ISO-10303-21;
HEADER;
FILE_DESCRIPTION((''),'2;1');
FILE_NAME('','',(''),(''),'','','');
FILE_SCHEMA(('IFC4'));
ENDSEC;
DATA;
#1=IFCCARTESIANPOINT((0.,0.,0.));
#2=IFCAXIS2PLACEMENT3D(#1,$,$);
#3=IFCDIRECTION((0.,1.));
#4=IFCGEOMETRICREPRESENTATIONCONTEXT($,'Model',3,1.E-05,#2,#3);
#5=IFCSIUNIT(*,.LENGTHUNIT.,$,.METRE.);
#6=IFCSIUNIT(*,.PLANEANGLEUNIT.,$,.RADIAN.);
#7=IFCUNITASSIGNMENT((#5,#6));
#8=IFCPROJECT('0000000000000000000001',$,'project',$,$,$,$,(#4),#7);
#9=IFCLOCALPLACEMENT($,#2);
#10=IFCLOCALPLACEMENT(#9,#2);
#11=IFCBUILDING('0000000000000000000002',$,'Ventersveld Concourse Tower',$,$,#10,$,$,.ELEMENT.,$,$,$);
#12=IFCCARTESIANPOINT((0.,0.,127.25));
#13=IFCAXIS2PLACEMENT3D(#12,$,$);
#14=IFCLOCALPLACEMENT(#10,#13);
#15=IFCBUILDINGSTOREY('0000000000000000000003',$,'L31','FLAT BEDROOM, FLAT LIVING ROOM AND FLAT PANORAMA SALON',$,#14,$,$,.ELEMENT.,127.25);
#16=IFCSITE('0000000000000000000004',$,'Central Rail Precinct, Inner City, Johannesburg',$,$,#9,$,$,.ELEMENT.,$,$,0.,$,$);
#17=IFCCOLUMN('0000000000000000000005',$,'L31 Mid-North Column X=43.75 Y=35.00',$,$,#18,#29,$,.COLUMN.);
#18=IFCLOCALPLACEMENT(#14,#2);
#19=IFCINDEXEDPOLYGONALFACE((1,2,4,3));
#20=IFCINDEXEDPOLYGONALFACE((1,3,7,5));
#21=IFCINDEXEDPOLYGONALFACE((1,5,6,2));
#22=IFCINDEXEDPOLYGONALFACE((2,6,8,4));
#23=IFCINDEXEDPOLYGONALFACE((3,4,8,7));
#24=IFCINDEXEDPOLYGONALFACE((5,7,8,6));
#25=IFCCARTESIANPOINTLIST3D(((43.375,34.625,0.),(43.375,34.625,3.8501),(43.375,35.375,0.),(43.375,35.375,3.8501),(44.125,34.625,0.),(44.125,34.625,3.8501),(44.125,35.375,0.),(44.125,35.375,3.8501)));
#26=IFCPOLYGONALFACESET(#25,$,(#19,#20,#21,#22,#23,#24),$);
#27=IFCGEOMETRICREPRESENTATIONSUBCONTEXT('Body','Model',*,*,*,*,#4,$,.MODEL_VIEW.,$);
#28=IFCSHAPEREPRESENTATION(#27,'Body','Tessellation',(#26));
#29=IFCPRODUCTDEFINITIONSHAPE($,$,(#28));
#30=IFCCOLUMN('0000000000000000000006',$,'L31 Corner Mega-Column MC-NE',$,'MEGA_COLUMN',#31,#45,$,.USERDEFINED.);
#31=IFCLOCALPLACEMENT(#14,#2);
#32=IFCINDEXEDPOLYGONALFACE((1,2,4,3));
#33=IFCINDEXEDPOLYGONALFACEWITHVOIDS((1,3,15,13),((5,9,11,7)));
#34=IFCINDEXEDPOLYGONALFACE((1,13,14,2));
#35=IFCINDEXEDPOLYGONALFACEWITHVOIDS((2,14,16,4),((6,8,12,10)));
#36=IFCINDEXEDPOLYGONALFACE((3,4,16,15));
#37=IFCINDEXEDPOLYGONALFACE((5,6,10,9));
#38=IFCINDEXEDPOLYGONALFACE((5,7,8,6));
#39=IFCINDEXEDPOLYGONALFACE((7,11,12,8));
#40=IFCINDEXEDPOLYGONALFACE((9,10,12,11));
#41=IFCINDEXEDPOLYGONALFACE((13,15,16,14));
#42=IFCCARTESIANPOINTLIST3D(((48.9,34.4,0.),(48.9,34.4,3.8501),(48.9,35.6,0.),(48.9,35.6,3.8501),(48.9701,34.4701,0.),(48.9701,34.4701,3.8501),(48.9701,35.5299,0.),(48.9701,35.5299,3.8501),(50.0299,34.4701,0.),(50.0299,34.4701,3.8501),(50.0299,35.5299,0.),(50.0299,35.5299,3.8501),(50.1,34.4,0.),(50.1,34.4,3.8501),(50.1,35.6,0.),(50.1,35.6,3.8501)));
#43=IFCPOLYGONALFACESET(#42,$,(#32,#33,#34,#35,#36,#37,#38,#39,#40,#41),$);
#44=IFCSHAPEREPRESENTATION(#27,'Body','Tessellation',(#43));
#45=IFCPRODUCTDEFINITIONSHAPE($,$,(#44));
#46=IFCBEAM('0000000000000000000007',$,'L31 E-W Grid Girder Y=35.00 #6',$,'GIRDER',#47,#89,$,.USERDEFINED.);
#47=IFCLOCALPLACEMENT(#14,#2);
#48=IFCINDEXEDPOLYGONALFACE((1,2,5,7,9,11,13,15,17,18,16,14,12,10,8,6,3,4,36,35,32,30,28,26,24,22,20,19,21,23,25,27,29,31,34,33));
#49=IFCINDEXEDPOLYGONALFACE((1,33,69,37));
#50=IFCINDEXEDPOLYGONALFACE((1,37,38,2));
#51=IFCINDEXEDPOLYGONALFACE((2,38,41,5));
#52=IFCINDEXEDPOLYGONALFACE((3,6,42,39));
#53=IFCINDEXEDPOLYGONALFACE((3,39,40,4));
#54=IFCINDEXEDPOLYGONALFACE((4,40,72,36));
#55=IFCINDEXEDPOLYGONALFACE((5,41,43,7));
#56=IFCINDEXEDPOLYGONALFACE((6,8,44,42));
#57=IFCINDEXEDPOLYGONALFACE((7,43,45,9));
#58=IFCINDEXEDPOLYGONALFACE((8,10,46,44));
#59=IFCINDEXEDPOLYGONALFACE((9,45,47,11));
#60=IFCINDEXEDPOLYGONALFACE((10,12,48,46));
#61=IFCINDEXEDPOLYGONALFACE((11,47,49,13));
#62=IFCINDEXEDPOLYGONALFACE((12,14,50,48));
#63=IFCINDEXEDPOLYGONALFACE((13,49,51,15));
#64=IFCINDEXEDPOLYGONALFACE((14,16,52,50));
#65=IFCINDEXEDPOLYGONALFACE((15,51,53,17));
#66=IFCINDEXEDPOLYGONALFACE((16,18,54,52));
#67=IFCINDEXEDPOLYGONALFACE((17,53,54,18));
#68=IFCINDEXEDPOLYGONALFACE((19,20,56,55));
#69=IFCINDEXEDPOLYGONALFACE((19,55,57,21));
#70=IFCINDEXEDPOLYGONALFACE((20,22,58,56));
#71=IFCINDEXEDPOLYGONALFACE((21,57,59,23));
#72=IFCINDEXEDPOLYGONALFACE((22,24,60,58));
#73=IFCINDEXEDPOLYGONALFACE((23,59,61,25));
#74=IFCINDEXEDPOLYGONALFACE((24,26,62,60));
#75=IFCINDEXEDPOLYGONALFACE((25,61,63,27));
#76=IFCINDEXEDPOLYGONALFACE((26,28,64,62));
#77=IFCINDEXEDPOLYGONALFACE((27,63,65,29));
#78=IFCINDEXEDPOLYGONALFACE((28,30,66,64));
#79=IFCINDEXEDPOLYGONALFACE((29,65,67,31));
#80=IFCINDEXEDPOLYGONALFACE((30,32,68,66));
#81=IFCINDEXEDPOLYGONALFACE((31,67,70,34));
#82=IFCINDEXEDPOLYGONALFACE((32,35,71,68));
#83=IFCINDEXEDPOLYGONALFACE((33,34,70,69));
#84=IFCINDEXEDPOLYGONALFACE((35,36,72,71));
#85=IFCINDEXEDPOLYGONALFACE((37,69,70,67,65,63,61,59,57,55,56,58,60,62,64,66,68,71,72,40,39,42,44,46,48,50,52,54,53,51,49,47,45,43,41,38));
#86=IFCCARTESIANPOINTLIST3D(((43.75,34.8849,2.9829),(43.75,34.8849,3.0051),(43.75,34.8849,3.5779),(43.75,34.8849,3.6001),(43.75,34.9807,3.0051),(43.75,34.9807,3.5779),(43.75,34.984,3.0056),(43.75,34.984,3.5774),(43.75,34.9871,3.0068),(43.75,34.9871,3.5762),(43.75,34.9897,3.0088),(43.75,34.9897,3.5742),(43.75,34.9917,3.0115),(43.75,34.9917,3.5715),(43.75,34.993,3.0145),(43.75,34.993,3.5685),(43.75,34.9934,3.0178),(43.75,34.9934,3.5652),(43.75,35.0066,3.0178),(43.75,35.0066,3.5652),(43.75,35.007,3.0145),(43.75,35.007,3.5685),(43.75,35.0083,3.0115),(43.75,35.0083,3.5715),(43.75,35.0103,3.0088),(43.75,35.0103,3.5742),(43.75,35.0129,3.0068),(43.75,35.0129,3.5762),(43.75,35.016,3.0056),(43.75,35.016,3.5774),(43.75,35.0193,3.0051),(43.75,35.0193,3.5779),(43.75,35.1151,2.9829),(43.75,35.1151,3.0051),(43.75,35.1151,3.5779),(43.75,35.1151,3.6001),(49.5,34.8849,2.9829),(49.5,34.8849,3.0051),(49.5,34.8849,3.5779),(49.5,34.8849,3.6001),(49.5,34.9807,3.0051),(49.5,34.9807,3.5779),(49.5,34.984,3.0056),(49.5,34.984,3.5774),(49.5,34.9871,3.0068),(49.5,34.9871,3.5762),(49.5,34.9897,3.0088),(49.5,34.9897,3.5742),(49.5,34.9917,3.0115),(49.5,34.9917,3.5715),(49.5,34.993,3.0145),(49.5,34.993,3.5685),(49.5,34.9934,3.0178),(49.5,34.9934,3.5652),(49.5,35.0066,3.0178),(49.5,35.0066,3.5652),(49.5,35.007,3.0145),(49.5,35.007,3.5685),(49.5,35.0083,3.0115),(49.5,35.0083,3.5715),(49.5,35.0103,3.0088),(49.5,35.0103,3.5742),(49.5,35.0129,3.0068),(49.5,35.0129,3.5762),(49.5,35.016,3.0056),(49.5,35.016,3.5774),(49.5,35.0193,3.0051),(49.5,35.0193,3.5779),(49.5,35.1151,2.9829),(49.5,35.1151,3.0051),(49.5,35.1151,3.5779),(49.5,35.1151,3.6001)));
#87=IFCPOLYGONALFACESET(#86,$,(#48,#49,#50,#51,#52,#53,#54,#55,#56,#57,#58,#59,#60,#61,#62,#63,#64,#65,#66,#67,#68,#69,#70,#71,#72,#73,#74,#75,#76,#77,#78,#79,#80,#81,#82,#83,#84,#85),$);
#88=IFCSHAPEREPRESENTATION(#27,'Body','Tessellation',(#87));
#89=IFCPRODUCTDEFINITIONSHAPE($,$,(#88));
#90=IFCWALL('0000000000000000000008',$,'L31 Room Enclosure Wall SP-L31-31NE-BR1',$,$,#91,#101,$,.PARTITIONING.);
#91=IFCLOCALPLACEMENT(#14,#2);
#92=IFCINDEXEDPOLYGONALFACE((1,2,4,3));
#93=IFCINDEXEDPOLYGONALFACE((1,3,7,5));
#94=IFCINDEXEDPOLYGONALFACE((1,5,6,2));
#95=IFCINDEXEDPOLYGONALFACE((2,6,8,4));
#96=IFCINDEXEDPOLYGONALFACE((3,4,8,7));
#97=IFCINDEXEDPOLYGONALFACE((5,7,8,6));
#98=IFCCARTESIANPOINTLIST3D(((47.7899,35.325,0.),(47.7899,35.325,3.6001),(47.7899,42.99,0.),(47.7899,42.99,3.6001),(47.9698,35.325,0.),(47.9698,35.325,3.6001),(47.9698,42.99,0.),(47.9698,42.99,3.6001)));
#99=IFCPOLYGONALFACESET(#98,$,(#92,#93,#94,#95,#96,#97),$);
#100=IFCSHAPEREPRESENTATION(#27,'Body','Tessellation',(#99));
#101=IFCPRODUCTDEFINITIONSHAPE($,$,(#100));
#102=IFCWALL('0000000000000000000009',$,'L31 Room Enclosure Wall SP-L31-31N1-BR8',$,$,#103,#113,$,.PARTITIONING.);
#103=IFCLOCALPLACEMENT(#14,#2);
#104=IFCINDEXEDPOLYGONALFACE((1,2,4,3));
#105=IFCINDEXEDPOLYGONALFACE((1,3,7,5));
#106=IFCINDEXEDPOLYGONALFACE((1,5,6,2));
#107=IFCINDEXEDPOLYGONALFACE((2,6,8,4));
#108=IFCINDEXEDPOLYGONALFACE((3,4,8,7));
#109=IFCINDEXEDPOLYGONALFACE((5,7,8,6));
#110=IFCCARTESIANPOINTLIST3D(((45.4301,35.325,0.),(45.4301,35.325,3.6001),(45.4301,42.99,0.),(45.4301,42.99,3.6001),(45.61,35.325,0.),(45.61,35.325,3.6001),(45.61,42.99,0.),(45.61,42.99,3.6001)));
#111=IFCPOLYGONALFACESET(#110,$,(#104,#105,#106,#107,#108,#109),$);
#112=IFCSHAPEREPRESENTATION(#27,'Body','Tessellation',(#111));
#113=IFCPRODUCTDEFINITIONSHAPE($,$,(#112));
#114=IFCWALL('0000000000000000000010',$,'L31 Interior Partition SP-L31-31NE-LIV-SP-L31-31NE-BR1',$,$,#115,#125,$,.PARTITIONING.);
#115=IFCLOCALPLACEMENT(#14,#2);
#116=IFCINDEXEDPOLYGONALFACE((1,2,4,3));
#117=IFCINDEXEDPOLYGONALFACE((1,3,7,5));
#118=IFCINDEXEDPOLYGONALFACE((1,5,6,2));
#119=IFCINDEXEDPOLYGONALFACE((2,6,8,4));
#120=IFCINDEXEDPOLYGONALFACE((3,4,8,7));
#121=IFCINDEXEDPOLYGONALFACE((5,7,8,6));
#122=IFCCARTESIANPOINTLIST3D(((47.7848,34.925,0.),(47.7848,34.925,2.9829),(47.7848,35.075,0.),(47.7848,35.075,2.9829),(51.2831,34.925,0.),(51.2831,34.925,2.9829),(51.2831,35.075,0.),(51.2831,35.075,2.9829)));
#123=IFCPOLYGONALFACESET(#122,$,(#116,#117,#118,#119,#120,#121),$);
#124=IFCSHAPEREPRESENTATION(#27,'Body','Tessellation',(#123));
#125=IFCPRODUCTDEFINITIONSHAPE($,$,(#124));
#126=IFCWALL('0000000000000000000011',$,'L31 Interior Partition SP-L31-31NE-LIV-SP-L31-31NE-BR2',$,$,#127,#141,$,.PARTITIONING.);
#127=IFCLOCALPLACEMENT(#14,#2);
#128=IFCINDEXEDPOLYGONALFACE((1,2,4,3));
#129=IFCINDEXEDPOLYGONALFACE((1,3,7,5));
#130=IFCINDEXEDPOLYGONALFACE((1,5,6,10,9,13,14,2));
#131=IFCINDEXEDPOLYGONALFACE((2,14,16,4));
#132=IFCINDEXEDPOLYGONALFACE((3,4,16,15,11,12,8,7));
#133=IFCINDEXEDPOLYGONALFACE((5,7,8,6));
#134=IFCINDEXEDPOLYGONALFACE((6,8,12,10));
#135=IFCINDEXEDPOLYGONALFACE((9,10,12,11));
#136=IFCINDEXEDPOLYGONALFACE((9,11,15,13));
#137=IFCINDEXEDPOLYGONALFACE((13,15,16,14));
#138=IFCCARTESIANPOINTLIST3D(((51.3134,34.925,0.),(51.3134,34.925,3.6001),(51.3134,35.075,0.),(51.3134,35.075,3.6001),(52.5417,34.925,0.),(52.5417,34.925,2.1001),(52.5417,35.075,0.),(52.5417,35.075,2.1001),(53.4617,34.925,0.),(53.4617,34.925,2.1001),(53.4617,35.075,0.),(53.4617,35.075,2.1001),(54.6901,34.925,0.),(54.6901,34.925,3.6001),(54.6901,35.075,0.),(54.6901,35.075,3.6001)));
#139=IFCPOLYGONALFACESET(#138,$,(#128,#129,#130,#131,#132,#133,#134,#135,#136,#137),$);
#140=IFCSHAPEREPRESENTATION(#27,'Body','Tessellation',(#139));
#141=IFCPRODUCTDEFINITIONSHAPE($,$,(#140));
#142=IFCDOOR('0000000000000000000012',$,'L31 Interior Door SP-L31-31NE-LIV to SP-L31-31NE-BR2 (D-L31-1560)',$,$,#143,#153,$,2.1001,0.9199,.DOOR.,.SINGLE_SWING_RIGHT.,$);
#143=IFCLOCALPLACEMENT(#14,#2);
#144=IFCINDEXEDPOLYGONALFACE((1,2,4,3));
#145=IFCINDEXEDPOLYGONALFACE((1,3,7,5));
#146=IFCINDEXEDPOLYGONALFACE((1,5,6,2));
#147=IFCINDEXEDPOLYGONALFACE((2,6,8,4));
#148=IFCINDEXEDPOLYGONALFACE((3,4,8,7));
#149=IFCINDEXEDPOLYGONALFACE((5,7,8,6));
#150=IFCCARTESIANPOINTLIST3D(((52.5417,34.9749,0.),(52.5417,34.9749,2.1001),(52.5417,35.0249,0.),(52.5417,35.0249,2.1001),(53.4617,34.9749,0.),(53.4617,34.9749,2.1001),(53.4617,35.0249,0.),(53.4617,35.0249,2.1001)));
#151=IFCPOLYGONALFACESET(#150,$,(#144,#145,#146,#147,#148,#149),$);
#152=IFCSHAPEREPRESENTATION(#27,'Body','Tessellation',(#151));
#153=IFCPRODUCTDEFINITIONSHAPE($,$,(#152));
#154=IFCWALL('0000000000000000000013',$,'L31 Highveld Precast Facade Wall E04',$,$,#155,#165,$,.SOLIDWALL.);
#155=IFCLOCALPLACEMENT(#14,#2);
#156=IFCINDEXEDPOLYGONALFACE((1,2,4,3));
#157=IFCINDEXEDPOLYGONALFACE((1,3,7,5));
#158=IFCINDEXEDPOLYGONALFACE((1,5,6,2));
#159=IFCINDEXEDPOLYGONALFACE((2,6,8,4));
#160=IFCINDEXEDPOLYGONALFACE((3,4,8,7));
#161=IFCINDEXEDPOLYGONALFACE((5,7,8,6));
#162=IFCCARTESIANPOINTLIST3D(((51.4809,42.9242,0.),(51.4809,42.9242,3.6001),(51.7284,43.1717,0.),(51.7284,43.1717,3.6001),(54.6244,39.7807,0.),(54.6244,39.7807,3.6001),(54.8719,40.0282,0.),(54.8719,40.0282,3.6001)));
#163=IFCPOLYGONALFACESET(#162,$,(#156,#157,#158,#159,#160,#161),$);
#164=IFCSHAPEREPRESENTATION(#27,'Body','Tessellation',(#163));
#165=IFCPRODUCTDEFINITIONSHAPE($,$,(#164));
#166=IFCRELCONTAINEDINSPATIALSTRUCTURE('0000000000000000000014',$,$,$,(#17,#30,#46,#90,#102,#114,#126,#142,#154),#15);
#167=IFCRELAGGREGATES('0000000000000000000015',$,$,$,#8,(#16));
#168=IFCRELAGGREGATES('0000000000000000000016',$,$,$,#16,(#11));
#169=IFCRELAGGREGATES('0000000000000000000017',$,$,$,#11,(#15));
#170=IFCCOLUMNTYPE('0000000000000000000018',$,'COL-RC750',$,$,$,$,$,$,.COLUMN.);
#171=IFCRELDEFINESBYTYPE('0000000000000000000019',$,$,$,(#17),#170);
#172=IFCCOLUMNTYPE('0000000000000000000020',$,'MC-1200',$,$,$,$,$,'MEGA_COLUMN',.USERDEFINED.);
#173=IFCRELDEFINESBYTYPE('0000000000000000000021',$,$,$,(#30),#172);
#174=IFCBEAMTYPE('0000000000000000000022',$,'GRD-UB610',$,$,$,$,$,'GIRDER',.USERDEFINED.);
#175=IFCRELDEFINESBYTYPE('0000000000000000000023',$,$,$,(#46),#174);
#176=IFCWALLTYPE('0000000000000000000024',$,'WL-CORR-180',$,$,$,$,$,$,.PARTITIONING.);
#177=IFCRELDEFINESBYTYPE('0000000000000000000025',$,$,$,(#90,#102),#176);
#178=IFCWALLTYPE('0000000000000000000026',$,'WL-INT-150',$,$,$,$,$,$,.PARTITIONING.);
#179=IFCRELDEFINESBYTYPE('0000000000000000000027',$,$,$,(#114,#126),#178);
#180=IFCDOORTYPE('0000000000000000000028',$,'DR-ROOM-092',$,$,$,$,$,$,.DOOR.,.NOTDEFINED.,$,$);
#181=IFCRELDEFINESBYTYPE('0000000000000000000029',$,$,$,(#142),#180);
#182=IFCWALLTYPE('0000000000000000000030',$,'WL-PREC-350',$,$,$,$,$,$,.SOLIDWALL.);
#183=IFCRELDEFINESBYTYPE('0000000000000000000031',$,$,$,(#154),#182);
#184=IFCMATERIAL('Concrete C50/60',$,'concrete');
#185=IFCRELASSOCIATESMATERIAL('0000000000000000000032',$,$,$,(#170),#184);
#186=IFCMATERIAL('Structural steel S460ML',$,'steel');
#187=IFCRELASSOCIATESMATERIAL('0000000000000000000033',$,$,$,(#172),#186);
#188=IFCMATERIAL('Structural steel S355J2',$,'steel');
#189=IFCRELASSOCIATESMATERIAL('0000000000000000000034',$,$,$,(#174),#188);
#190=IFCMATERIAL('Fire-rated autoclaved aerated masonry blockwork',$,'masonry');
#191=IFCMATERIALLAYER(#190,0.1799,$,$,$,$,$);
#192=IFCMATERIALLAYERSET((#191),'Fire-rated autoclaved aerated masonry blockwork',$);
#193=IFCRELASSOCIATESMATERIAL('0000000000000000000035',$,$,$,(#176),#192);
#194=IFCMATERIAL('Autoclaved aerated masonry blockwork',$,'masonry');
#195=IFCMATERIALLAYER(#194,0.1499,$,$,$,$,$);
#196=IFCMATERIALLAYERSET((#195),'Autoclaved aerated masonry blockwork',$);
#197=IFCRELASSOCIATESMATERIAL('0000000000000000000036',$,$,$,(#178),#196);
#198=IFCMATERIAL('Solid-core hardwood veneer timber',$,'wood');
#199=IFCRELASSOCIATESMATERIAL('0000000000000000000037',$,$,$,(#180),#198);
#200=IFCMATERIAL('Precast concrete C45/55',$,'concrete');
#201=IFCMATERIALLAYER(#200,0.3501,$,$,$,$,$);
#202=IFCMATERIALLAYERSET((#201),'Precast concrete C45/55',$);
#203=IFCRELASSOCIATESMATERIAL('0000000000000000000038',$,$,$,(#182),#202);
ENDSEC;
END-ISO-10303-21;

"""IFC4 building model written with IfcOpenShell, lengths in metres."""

from ifc_helpers import new_model, si_unit, direction, frame, frame_2d, origin, origin_2d, place, context, subcontext, project, spatial, rectangle, hollow_rectangle, i_section, extrude, material, layer, layer_set, material_profile, profile_set, type_object, element, fill, save


model = new_model("IFC4")

# Units and contexts
model_context = context("Model", 3, precision=1e-05, world=origin(), true_north=direction((0.0, 1.0)))
body_context = subcontext(model_context, "Body", "Model", "MODEL_VIEW")
ifc_project = project(units=[si_unit("LENGTHUNIT", "METRE"), si_unit("PLANEANGLEUNIT", "RADIAN")], contexts=[model_context])

# Site, building, storey
site_placement = place(None, origin())
site = spatial("IfcSite", under=ifc_project, at=site_placement, Name="Central Rail Precinct, Inner City, Johannesburg", CompositionType="ELEMENT", RefElevation=0.0)
building_placement = place(site_placement, origin())
building = spatial("IfcBuilding", under=site, at=building_placement, Name="Ventersveld Concourse Tower", CompositionType="ELEMENT")
storey_placement = place(building_placement, frame((0.0, 0.0, 127.25)))
storey = spatial("IfcBuildingStorey", under=building, at=storey_placement, Name="L31", Description="FLAT BEDROOM, FLAT LIVING ROOM AND FLAT PANORAMA SALON", CompositionType="ELEMENT", Elevation=127.25)

# Columns
ifc_material_1 = material(Name="Concrete C50/60", Category="concrete")
ifc_material_profile_1 = material_profile(ifc_material_1, rectangle(XDim=0.75, YDim=0.75, at=origin_2d()), Name="RC 750x750")
ifc_profile_set_1 = profile_set([ifc_material_profile_1], Name="Concrete C50/60")
column_type_1 = type_object("IfcColumnType", Name="COL-RC750", PredefinedType="COLUMN", material=ifc_profile_set_1)
column_1_placement = place(storey_placement, frame((43.75, 35.0, 0.0), z_axis=(0.0, 0.0, 1.0), x_axis=(1.0, 0.0, 0.0)))
element("IfcColumn", 1, at=column_1_placement, inside=storey, type_object=column_type_1, Name="L31 Mid-North Column X=43.75 Y=35.00", PredefinedType="COLUMN", context=body_context, shape_type="SweptSolid", body=[
    extrude(rectangle(XDim=0.75, YDim=0.75, at=origin_2d()), origin(), (0.0, 0.0, 1.0), 3.8501),
])
ifc_material_2 = material(Name="Structural steel S460ML", Category="steel")
ifc_material_profile_2 = material_profile(ifc_material_2, hollow_rectangle(XDim=1.2, YDim=1.2, WallThickness=0.0701, at=origin_2d()), Name="BOX 1200x1200x70")
ifc_profile_set_2 = profile_set([ifc_material_profile_2], Name="Structural steel S460ML")
column_type_2 = type_object("IfcColumnType", Name="MC-1200", ElementType="MEGA_COLUMN", PredefinedType="USERDEFINED", material=ifc_profile_set_2)
column_2_placement = place(storey_placement, frame((49.5, 35.0, 0.0), z_axis=(0.0, 0.0, 1.0), x_axis=(1.0, 0.0, 0.0)))
element("IfcColumn", 2, at=column_2_placement, inside=storey, type_object=column_type_2, Name="L31 Corner Mega-Column MC-NE", ObjectType="MEGA_COLUMN", PredefinedType="USERDEFINED", context=body_context, shape_type="SweptSolid", body=[
    extrude(hollow_rectangle(XDim=1.2, YDim=1.2, WallThickness=0.0701, at=origin_2d()), origin(), (0.0, 0.0, 1.0), 3.8501),
])

# Beam
ifc_material_3 = material(Name="Structural steel S355J2", Category="steel")
ifc_material_profile_3 = material_profile(ifc_material_3, i_section(OverallWidth=0.2302, OverallDepth=0.6172, WebThickness=0.0132, FlangeThickness=0.0222, FilletRadius=0.0127, at=origin_2d()), Name="UB 610x229x140")
ifc_profile_set_3 = profile_set([ifc_material_profile_3], Name="Structural steel S355J2")
beam_type = type_object("IfcBeamType", Name="GRD-UB610", ElementType="GIRDER", PredefinedType="USERDEFINED", material=ifc_profile_set_3)
beam_placement = place(storey_placement, frame((43.75, 35.0, 3.2915), z_axis=(1.0, 0.0, 0.0), x_axis=(0.0, 1.0, 0.0)))
element("IfcBeam", 3, at=beam_placement, inside=storey, type_object=beam_type, Name="L31 E-W Grid Girder Y=35.00 #6", ObjectType="GIRDER", PredefinedType="USERDEFINED", context=body_context, shape_type="SweptSolid", body=[
    extrude(i_section(OverallWidth=0.2302, OverallDepth=0.6172, WebThickness=0.0132, FlangeThickness=0.0222, FilletRadius=0.0127, at=origin_2d()), origin(), (0.0, 0.0, 1.0), 5.75),
])

# Walls
ifc_material_4 = material(Name="Fire-rated autoclaved aerated masonry blockwork", Category="masonry")
ifc_layer_1 = layer(ifc_material_4, 0.1799)
ifc_layer_set_1 = layer_set([ifc_layer_1], Name="Fire-rated autoclaved aerated masonry blockwork")
wall_type_1 = type_object("IfcWallType", Name="WL-CORR-180", PredefinedType="PARTITIONING", material=ifc_layer_set_1)
for number, where, z_axis, x_axis, name in (
    (4, (47.8799, 35.325, 0.0), (0.0, 0.0, 1.0), (0.0, 1.0, 0.0), "L31 Room Enclosure Wall SP-L31-31NE-BR1"),
    (5, (45.52, 42.99, 0.0), (0.0, 0.0, 1.0), (0.0, -1.0, 0.0), "L31 Room Enclosure Wall SP-L31-31N1-BR8"),
):
    element("IfcWall", number, at=place(storey_placement, frame(where, z_axis=z_axis, x_axis=x_axis)), inside=storey, type_object=wall_type_1, Name=name, PredefinedType="PARTITIONING", context=body_context, shape_type="SweptSolid", body=[
        extrude(rectangle(XDim=7.665, YDim=0.1799, at=frame_2d((3.8325, 0.0))), origin(), (0.0, 0.0, 1.0), 3.6001),
    ])
ifc_material_5 = material(Name="Autoclaved aerated masonry blockwork", Category="masonry")
ifc_layer_2 = layer(ifc_material_5, 0.1499)
ifc_layer_set_2 = layer_set([ifc_layer_2], Name="Autoclaved aerated masonry blockwork")
wall_type_2 = type_object("IfcWallType", Name="WL-INT-150", PredefinedType="PARTITIONING", material=ifc_layer_set_2)
wall_1_placement = place(storey_placement, frame((47.7849, 35.0, 0.0), z_axis=(0.0, 0.0, 1.0), x_axis=(1.0, 0.0, 0.0)))
element("IfcWall", 6, at=wall_1_placement, inside=storey, type_object=wall_type_2, Name="L31 Interior Partition SP-L31-31NE-LIV-SP-L31-31NE-BR1", PredefinedType="PARTITIONING", context=body_context, shape_type="SweptSolid", body=[
    extrude(rectangle(XDim=3.4983, YDim=0.1499, at=frame_2d((1.749, 0.0))), origin(), (0.0, 0.0, 1.0), 2.9829),
])

# Wall, opening, door
wall_2_placement = place(storey_placement, frame((51.3132, 35.0, 0.0), z_axis=(0.0, 0.0, 1.0), x_axis=(1.0, 0.0, 0.0)))
wall_2 = element("IfcWall", 7, at=wall_2_placement, inside=storey, type_object=wall_type_2, Name="L31 Interior Partition SP-L31-31NE-LIV-SP-L31-31NE-BR2", PredefinedType="PARTITIONING", context=body_context, shape_type="SweptSolid", body=[
    extrude(rectangle(XDim=3.3767, YDim=0.1499, at=frame_2d((1.6885, 0.0))), origin(), (0.0, 0.0, 1.0), 3.6001),
])
opening_1_placement = place(wall_2_placement, frame((1.2285, 0.0, 0.0)))
opening_1 = element("IfcOpeningElement", 8, at=opening_1_placement, cuts=wall_2, PredefinedType="OPENING", context=body_context, shape_type="SweptSolid", body=[
    extrude(rectangle(XDim=0.9199, YDim=2.1001, at=frame_2d((0.46, 1.05))), frame((0.0, 0.085, 0.0), z_axis=(0.0, -1.0, 0.0), x_axis=(1.0, 0.0, 0.0)), (0.0, 0.0, 1.0), 0.1699),
])
ifc_material_6 = material(Name="Solid-core hardwood veneer timber", Category="wood")
door_type = type_object("IfcDoorType", Name="DR-ROOM-092", OperationType="NOTDEFINED", PredefinedType="DOOR", material=ifc_material_6)
door_placement = place(opening_1_placement, origin())
door = element("IfcDoor", 9, at=door_placement, inside=storey, type_object=door_type, Name="L31 Interior Door SP-L31-31NE-LIV to SP-L31-31NE-BR2 (D-L31-1560)", OperationType="SINGLE_SWING_RIGHT", OverallHeight=2.1001, OverallWidth=0.9199, PredefinedType="DOOR", context=body_context, shape_type="SweptSolid", body=[
    extrude(rectangle(XDim=0.9199, YDim=2.1001, at=frame_2d((0.46, 1.05))), frame((0.0, 0.0249, 0.0), z_axis=(0.0, -1.0, 0.0), x_axis=(1.0, 0.0, 0.0)), (0.0, 0.0, 1.0), 0.05),
])
fill(opening_1, door)

# Wall
ifc_material_7 = material(Name="Precast concrete C45/55", Category="concrete")
ifc_layer_3 = layer(ifc_material_7, 0.3501)
ifc_layer_set_3 = layer_set([ifc_layer_3], Name="Precast concrete C45/55")
wall_type_3 = type_object("IfcWallType", Name="WL-PREC-350", PredefinedType="SOLIDWALL", material=ifc_layer_set_3)
wall_3_placement = place(storey_placement, frame((54.748, 39.9045, 0.0), z_axis=(0.0, 0.0, 1.0), x_axis=(-0.707107, 0.707107, 0.0)))
element("IfcWall", 10, at=wall_3_placement, inside=storey, type_object=wall_type_3, Name="L31 Highveld Precast Facade Wall E04", PredefinedType="SOLIDWALL", context=body_context, shape_type="SweptSolid", body=[
    extrude(rectangle(XDim=4.4456, YDim=0.3501, at=frame_2d((2.2227, 0.0))), origin(), (0.0, 0.0, 1.0), 3.6001),
])

save(model, "model.ifc")
